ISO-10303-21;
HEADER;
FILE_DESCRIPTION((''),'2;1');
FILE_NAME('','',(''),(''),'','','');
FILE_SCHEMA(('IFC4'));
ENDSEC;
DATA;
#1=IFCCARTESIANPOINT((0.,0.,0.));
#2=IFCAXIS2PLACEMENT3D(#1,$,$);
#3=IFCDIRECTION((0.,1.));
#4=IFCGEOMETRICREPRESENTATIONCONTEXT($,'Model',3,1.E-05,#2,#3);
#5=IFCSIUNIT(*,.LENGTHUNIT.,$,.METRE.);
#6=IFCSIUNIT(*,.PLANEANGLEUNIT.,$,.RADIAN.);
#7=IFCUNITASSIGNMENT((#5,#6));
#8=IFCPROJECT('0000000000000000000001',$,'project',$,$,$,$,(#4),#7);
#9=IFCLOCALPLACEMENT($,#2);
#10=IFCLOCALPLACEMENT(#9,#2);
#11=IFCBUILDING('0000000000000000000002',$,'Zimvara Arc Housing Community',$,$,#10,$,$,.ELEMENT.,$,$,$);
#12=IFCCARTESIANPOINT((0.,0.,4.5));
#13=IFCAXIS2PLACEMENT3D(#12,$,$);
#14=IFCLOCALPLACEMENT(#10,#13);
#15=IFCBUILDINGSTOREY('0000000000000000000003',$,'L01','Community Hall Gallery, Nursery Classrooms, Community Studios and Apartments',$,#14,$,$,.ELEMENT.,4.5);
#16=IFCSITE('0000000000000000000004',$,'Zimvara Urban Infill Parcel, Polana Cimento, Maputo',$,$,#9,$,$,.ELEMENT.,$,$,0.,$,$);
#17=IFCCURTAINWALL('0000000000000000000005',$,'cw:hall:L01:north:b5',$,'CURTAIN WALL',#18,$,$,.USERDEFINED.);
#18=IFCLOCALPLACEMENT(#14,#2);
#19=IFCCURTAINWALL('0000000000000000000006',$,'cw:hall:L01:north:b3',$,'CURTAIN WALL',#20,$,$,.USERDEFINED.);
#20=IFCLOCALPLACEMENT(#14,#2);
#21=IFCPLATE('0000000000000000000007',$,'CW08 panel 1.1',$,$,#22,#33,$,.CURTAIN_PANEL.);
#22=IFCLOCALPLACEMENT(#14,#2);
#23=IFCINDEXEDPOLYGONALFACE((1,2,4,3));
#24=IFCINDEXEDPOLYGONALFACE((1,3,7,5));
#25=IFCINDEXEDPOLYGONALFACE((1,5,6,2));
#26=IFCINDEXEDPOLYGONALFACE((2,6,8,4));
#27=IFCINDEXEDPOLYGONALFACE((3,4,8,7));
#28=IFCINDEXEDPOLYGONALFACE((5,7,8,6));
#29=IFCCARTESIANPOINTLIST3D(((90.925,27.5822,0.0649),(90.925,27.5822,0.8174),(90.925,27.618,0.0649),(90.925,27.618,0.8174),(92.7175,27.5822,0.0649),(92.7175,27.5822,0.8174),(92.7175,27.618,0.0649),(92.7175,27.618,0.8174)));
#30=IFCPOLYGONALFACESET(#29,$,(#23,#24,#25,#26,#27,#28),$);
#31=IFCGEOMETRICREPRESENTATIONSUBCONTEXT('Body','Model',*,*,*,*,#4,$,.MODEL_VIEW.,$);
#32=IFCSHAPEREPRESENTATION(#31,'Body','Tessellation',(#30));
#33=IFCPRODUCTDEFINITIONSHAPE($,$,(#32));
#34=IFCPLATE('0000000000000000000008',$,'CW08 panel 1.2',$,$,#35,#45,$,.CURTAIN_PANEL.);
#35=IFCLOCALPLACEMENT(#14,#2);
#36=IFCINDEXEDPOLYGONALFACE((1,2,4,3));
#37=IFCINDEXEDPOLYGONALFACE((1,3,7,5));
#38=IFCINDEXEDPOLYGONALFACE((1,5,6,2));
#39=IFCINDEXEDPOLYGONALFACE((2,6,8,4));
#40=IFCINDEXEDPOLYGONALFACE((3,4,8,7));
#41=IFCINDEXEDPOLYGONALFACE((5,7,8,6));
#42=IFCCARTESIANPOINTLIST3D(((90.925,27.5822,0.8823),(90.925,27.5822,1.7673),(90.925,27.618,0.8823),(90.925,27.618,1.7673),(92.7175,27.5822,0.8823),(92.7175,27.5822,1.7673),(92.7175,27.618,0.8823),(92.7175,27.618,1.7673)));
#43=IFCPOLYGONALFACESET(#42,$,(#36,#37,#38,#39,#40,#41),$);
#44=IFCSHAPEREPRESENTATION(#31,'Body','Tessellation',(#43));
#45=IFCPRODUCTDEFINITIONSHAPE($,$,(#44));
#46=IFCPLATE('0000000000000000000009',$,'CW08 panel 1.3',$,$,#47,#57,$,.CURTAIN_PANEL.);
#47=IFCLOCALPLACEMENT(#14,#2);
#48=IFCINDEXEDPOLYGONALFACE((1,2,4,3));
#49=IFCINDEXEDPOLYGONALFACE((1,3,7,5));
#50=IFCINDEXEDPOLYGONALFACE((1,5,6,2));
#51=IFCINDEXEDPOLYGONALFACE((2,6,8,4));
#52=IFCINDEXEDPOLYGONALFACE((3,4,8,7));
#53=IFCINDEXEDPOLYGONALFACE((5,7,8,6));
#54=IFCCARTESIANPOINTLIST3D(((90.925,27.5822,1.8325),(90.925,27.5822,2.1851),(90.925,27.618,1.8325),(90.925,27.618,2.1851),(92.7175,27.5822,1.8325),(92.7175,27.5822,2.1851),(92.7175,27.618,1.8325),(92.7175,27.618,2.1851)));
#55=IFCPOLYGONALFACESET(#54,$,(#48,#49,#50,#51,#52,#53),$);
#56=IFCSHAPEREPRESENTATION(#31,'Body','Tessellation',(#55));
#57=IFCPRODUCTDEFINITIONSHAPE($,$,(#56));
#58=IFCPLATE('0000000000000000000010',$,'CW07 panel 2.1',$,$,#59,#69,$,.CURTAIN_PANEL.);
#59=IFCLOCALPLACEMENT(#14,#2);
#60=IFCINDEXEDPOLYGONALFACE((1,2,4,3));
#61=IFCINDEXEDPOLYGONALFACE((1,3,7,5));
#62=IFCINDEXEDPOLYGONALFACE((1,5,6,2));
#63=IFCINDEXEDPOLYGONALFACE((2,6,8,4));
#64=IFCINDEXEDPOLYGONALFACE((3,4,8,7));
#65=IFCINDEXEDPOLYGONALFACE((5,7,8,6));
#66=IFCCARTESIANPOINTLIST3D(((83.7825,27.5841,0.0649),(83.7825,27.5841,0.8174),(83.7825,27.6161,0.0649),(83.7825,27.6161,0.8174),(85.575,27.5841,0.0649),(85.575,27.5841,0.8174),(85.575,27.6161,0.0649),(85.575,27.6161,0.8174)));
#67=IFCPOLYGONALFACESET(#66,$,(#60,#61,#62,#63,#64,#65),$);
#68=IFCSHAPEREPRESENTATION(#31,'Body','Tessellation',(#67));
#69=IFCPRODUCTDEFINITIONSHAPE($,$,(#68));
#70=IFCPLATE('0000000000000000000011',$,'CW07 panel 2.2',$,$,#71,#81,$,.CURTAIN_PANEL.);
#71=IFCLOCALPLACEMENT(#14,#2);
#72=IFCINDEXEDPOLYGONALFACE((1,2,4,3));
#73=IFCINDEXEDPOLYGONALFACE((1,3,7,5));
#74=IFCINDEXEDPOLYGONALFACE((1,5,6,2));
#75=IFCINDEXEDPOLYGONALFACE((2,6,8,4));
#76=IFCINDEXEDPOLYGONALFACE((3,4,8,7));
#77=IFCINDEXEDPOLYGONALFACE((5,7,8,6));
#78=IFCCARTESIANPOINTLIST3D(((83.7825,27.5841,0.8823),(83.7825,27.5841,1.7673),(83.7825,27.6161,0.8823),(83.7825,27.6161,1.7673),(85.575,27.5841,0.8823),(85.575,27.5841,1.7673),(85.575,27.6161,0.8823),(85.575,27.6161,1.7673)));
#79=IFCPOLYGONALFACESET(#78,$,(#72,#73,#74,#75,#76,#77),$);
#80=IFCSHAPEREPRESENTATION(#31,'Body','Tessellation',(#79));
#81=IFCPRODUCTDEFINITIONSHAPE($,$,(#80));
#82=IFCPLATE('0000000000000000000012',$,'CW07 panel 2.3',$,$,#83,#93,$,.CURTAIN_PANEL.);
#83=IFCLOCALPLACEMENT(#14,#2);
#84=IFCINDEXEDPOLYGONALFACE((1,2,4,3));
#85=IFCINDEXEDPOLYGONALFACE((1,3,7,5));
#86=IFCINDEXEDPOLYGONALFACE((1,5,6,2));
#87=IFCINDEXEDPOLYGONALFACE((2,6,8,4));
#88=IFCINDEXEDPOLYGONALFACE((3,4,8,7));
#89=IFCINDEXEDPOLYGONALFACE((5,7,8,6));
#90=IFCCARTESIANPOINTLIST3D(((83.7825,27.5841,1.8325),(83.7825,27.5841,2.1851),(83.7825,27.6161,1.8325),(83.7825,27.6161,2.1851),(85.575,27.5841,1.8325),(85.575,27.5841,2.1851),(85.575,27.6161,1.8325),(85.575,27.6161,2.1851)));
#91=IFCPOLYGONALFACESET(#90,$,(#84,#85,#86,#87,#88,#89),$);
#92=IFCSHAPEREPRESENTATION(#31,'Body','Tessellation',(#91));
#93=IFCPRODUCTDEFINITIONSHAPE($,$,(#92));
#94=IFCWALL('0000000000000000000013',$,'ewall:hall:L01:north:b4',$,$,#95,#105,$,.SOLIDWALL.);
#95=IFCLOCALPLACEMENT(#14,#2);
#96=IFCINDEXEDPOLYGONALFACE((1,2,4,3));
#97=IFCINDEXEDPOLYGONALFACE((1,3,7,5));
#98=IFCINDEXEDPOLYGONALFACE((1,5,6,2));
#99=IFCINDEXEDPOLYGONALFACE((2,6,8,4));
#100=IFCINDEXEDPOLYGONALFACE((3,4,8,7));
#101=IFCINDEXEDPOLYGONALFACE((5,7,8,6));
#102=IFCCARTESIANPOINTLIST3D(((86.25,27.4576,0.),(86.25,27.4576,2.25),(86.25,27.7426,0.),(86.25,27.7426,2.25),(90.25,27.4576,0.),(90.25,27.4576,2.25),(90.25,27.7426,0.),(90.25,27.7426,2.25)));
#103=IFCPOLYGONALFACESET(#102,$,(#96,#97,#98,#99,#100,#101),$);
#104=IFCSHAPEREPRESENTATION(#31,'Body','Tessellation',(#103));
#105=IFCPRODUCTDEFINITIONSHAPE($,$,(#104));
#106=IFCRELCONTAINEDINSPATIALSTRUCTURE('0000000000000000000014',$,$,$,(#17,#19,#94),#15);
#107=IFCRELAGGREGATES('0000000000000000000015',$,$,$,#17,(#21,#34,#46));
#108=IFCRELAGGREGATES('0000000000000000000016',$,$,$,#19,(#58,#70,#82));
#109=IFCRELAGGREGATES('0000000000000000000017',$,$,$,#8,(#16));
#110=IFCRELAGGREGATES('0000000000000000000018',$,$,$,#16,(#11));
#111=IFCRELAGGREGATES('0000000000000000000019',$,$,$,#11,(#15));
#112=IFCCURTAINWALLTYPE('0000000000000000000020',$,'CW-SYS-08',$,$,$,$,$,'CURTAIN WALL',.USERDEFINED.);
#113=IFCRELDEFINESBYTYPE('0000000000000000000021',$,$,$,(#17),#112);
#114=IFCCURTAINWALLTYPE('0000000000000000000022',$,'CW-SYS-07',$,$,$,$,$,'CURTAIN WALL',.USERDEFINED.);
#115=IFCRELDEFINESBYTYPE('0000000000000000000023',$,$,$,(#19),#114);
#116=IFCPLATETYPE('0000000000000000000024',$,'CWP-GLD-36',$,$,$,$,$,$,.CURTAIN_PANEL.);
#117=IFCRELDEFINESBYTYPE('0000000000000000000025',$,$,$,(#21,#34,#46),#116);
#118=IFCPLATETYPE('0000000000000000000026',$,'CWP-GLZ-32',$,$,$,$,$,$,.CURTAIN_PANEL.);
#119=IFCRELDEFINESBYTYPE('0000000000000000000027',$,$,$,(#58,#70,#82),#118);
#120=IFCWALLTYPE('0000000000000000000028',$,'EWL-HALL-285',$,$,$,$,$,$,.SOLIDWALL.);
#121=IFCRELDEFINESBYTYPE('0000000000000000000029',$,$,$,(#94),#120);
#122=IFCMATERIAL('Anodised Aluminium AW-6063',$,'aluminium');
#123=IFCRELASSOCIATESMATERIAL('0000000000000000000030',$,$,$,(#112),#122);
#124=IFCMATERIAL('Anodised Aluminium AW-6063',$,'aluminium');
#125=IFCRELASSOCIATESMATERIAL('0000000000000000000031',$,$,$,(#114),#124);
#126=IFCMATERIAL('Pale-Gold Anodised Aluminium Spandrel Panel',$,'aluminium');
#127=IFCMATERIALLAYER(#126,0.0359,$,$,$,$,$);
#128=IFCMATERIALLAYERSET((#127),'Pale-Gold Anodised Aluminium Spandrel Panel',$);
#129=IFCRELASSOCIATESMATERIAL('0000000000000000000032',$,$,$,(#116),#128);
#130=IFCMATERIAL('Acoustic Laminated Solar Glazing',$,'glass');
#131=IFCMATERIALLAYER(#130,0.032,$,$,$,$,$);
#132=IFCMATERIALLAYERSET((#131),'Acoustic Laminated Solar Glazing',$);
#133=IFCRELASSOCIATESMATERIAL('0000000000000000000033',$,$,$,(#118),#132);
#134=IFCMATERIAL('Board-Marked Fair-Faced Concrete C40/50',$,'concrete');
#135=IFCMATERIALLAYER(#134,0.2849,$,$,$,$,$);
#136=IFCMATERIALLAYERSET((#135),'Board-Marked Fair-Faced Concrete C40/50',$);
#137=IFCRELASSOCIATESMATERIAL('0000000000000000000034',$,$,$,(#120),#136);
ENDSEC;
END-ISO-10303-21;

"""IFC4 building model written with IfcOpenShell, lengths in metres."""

from ifc_helpers import new_model, si_unit, direction, frame, frame_2d, origin, origin_2d, place, context, subcontext, project, spatial, rectangle, extrude, material, layer, layer_set, type_object, element, aggregate, save


model = new_model("IFC4")

# Units and contexts
model_context = context("Model", 3, precision=1e-05, world=origin(), true_north=direction((0.0, 1.0)))
body_context = subcontext(model_context, "Body", "Model", "MODEL_VIEW")
ifc_project = project(units=[si_unit("LENGTHUNIT", "METRE"), si_unit("PLANEANGLEUNIT", "RADIAN")], contexts=[model_context])

# Site, building, storey
site_placement = place(None, origin())
site = spatial("IfcSite", under=ifc_project, at=site_placement, Name="Zimvara Urban Infill Parcel, Polana Cimento, Maputo", CompositionType="ELEMENT", RefElevation=0.0)
building_placement = place(site_placement, origin())
building = spatial("IfcBuilding", under=site, at=building_placement, Name="Zimvara Arc Housing Community", CompositionType="ELEMENT")
storey_placement = place(building_placement, frame((0.0, 0.0, 4.5)))
storey = spatial("IfcBuildingStorey", under=building, at=storey_placement, Name="L01", Description="Community Hall Gallery, Nursery Classrooms, Community Studios and Apartments", CompositionType="ELEMENT", Elevation=4.5)

# Curtain wall
ifc_material_1 = material(Name="Anodised Aluminium AW-6063", Category="aluminium")
curtain_wall_type_1 = type_object("IfcCurtainWallType", Name="CW-SYS-08", ElementType="CURTAIN WALL", PredefinedType="USERDEFINED", material=ifc_material_1)
curtain_wall_1_placement = place(storey_placement, origin())
curtain_wall_1 = element("IfcCurtainWall", 1, at=curtain_wall_1_placement, inside=storey, type_object=curtain_wall_type_1, Name="cw:hall:L01:north:b5", ObjectType="CURTAIN WALL", PredefinedType="USERDEFINED")

# Curtain wall
ifc_material_2 = material(Name="Anodised Aluminium AW-6063", Category="aluminium")
curtain_wall_type_2 = type_object("IfcCurtainWallType", Name="CW-SYS-07", ElementType="CURTAIN WALL", PredefinedType="USERDEFINED", material=ifc_material_2)
curtain_wall_2_placement = place(storey_placement, origin())
curtain_wall_2 = element("IfcCurtainWall", 2, at=curtain_wall_2_placement, inside=storey, type_object=curtain_wall_type_2, Name="cw:hall:L01:north:b3", ObjectType="CURTAIN WALL", PredefinedType="USERDEFINED")

# Plates
ifc_material_3 = material(Name="Pale-Gold Anodised Aluminium Spandrel Panel", Category="aluminium")
ifc_layer_1 = layer(ifc_material_3, 0.0359)
ifc_layer_set_1 = layer_set([ifc_layer_1], Name="Pale-Gold Anodised Aluminium Spandrel Panel")
plate_type_1 = type_object("IfcPlateType", Name="CWP-GLD-36", PredefinedType="CURTAIN_PANEL", material=ifc_layer_set_1)
plate_1_placement = place(storey_placement, frame((91.8213, 27.6001, 0.0649), z_axis=(0.0, 0.0, 1.0), x_axis=(1.0, 0.0, 0.0)))
plate_1 = element("IfcPlate", 3, at=plate_1_placement, type_object=plate_type_1, Name="CW08 panel 1.1", PredefinedType="CURTAIN_PANEL", context=body_context, shape_type="SweptSolid", body=[
    extrude(rectangle(XDim=1.7925, YDim=0.0359, at=origin_2d()), origin(), (0.0, 0.0, 1.0), 0.7524),
])
plate_2_placement = place(storey_placement, frame((91.8213, 27.6001, 0.8823), z_axis=(0.0, 0.0, 1.0), x_axis=(1.0, 0.0, 0.0)))
plate_2 = element("IfcPlate", 4, at=plate_2_placement, type_object=plate_type_1, Name="CW08 panel 1.2", PredefinedType="CURTAIN_PANEL", context=body_context, shape_type="SweptSolid", body=[
    extrude(rectangle(XDim=1.7925, YDim=0.0359, at=origin_2d()), origin(), (0.0, 0.0, 1.0), 0.885),
])
plate_3_placement = place(storey_placement, frame((91.8213, 27.6001, 1.8325), z_axis=(0.0, 0.0, 1.0), x_axis=(1.0, 0.0, 0.0)))
plate_3 = element("IfcPlate", 5, at=plate_3_placement, type_object=plate_type_1, Name="CW08 panel 1.3", PredefinedType="CURTAIN_PANEL", context=body_context, shape_type="SweptSolid", body=[
    extrude(rectangle(XDim=1.7925, YDim=0.0359, at=origin_2d()), origin(), (0.0, 0.0, 1.0), 0.3525),
])
aggregate(curtain_wall_1, [plate_1, plate_2, plate_3])
ifc_material_4 = material(Name="Acoustic Laminated Solar Glazing", Category="glass")
ifc_layer_2 = layer(ifc_material_4, 0.032)
ifc_layer_set_2 = layer_set([ifc_layer_2], Name="Acoustic Laminated Solar Glazing")
plate_type_2 = type_object("IfcPlateType", Name="CWP-GLZ-32", PredefinedType="CURTAIN_PANEL", material=ifc_layer_set_2)
plate_4_placement = place(storey_placement, frame((84.6787, 27.6001, 0.0649), z_axis=(0.0, 0.0, 1.0), x_axis=(1.0, 0.0, 0.0)))
plate_4 = element("IfcPlate", 6, at=plate_4_placement, type_object=plate_type_2, Name="CW07 panel 2.1", PredefinedType="CURTAIN_PANEL", context=body_context, shape_type="SweptSolid", body=[
    extrude(rectangle(XDim=1.7925, YDim=0.032, at=origin_2d()), origin(), (0.0, 0.0, 1.0), 0.7524),
])
plate_5_placement = place(storey_placement, frame((84.6787, 27.6001, 0.8823), z_axis=(0.0, 0.0, 1.0), x_axis=(1.0, 0.0, 0.0)))
plate_5 = element("IfcPlate", 7, at=plate_5_placement, type_object=plate_type_2, Name="CW07 panel 2.2", PredefinedType="CURTAIN_PANEL", context=body_context, shape_type="SweptSolid", body=[
    extrude(rectangle(XDim=1.7925, YDim=0.032, at=origin_2d()), origin(), (0.0, 0.0, 1.0), 0.885),
])
plate_6_placement = place(storey_placement, frame((84.6787, 27.6001, 1.8325), z_axis=(0.0, 0.0, 1.0), x_axis=(1.0, 0.0, 0.0)))
plate_6 = element("IfcPlate", 8, at=plate_6_placement, type_object=plate_type_2, Name="CW07 panel 2.3", PredefinedType="CURTAIN_PANEL", context=body_context, shape_type="SweptSolid", body=[
    extrude(rectangle(XDim=1.7925, YDim=0.032, at=origin_2d()), origin(), (0.0, 0.0, 1.0), 0.3525),
])
aggregate(curtain_wall_2, [plate_4, plate_5, plate_6])

# Wall
ifc_material_5 = material(Name="Board-Marked Fair-Faced Concrete C40/50", Category="concrete")
ifc_layer_3 = layer(ifc_material_5, 0.2849)
ifc_layer_set_3 = layer_set([ifc_layer_3], Name="Board-Marked Fair-Faced Concrete C40/50")
wall_type = type_object("IfcWallType", Name="EWL-HALL-285", PredefinedType="SOLIDWALL", material=ifc_layer_set_3)
wall_placement = place(storey_placement, frame((86.25, 27.6001, 0.0), z_axis=(0.0, 0.0, 1.0), x_axis=(1.0, 0.0, 0.0)))
element("IfcWall", 9, at=wall_placement, inside=storey, type_object=wall_type, Name="ewall:hall:L01:north:b4", PredefinedType="SOLIDWALL", context=body_context, shape_type="SweptSolid", body=[
    extrude(rectangle(XDim=4.0, YDim=0.2849, at=frame_2d((2.0, 0.0))), origin(), (0.0, 0.0, 1.0), 2.25),
])

save(model, "model.ifc")
